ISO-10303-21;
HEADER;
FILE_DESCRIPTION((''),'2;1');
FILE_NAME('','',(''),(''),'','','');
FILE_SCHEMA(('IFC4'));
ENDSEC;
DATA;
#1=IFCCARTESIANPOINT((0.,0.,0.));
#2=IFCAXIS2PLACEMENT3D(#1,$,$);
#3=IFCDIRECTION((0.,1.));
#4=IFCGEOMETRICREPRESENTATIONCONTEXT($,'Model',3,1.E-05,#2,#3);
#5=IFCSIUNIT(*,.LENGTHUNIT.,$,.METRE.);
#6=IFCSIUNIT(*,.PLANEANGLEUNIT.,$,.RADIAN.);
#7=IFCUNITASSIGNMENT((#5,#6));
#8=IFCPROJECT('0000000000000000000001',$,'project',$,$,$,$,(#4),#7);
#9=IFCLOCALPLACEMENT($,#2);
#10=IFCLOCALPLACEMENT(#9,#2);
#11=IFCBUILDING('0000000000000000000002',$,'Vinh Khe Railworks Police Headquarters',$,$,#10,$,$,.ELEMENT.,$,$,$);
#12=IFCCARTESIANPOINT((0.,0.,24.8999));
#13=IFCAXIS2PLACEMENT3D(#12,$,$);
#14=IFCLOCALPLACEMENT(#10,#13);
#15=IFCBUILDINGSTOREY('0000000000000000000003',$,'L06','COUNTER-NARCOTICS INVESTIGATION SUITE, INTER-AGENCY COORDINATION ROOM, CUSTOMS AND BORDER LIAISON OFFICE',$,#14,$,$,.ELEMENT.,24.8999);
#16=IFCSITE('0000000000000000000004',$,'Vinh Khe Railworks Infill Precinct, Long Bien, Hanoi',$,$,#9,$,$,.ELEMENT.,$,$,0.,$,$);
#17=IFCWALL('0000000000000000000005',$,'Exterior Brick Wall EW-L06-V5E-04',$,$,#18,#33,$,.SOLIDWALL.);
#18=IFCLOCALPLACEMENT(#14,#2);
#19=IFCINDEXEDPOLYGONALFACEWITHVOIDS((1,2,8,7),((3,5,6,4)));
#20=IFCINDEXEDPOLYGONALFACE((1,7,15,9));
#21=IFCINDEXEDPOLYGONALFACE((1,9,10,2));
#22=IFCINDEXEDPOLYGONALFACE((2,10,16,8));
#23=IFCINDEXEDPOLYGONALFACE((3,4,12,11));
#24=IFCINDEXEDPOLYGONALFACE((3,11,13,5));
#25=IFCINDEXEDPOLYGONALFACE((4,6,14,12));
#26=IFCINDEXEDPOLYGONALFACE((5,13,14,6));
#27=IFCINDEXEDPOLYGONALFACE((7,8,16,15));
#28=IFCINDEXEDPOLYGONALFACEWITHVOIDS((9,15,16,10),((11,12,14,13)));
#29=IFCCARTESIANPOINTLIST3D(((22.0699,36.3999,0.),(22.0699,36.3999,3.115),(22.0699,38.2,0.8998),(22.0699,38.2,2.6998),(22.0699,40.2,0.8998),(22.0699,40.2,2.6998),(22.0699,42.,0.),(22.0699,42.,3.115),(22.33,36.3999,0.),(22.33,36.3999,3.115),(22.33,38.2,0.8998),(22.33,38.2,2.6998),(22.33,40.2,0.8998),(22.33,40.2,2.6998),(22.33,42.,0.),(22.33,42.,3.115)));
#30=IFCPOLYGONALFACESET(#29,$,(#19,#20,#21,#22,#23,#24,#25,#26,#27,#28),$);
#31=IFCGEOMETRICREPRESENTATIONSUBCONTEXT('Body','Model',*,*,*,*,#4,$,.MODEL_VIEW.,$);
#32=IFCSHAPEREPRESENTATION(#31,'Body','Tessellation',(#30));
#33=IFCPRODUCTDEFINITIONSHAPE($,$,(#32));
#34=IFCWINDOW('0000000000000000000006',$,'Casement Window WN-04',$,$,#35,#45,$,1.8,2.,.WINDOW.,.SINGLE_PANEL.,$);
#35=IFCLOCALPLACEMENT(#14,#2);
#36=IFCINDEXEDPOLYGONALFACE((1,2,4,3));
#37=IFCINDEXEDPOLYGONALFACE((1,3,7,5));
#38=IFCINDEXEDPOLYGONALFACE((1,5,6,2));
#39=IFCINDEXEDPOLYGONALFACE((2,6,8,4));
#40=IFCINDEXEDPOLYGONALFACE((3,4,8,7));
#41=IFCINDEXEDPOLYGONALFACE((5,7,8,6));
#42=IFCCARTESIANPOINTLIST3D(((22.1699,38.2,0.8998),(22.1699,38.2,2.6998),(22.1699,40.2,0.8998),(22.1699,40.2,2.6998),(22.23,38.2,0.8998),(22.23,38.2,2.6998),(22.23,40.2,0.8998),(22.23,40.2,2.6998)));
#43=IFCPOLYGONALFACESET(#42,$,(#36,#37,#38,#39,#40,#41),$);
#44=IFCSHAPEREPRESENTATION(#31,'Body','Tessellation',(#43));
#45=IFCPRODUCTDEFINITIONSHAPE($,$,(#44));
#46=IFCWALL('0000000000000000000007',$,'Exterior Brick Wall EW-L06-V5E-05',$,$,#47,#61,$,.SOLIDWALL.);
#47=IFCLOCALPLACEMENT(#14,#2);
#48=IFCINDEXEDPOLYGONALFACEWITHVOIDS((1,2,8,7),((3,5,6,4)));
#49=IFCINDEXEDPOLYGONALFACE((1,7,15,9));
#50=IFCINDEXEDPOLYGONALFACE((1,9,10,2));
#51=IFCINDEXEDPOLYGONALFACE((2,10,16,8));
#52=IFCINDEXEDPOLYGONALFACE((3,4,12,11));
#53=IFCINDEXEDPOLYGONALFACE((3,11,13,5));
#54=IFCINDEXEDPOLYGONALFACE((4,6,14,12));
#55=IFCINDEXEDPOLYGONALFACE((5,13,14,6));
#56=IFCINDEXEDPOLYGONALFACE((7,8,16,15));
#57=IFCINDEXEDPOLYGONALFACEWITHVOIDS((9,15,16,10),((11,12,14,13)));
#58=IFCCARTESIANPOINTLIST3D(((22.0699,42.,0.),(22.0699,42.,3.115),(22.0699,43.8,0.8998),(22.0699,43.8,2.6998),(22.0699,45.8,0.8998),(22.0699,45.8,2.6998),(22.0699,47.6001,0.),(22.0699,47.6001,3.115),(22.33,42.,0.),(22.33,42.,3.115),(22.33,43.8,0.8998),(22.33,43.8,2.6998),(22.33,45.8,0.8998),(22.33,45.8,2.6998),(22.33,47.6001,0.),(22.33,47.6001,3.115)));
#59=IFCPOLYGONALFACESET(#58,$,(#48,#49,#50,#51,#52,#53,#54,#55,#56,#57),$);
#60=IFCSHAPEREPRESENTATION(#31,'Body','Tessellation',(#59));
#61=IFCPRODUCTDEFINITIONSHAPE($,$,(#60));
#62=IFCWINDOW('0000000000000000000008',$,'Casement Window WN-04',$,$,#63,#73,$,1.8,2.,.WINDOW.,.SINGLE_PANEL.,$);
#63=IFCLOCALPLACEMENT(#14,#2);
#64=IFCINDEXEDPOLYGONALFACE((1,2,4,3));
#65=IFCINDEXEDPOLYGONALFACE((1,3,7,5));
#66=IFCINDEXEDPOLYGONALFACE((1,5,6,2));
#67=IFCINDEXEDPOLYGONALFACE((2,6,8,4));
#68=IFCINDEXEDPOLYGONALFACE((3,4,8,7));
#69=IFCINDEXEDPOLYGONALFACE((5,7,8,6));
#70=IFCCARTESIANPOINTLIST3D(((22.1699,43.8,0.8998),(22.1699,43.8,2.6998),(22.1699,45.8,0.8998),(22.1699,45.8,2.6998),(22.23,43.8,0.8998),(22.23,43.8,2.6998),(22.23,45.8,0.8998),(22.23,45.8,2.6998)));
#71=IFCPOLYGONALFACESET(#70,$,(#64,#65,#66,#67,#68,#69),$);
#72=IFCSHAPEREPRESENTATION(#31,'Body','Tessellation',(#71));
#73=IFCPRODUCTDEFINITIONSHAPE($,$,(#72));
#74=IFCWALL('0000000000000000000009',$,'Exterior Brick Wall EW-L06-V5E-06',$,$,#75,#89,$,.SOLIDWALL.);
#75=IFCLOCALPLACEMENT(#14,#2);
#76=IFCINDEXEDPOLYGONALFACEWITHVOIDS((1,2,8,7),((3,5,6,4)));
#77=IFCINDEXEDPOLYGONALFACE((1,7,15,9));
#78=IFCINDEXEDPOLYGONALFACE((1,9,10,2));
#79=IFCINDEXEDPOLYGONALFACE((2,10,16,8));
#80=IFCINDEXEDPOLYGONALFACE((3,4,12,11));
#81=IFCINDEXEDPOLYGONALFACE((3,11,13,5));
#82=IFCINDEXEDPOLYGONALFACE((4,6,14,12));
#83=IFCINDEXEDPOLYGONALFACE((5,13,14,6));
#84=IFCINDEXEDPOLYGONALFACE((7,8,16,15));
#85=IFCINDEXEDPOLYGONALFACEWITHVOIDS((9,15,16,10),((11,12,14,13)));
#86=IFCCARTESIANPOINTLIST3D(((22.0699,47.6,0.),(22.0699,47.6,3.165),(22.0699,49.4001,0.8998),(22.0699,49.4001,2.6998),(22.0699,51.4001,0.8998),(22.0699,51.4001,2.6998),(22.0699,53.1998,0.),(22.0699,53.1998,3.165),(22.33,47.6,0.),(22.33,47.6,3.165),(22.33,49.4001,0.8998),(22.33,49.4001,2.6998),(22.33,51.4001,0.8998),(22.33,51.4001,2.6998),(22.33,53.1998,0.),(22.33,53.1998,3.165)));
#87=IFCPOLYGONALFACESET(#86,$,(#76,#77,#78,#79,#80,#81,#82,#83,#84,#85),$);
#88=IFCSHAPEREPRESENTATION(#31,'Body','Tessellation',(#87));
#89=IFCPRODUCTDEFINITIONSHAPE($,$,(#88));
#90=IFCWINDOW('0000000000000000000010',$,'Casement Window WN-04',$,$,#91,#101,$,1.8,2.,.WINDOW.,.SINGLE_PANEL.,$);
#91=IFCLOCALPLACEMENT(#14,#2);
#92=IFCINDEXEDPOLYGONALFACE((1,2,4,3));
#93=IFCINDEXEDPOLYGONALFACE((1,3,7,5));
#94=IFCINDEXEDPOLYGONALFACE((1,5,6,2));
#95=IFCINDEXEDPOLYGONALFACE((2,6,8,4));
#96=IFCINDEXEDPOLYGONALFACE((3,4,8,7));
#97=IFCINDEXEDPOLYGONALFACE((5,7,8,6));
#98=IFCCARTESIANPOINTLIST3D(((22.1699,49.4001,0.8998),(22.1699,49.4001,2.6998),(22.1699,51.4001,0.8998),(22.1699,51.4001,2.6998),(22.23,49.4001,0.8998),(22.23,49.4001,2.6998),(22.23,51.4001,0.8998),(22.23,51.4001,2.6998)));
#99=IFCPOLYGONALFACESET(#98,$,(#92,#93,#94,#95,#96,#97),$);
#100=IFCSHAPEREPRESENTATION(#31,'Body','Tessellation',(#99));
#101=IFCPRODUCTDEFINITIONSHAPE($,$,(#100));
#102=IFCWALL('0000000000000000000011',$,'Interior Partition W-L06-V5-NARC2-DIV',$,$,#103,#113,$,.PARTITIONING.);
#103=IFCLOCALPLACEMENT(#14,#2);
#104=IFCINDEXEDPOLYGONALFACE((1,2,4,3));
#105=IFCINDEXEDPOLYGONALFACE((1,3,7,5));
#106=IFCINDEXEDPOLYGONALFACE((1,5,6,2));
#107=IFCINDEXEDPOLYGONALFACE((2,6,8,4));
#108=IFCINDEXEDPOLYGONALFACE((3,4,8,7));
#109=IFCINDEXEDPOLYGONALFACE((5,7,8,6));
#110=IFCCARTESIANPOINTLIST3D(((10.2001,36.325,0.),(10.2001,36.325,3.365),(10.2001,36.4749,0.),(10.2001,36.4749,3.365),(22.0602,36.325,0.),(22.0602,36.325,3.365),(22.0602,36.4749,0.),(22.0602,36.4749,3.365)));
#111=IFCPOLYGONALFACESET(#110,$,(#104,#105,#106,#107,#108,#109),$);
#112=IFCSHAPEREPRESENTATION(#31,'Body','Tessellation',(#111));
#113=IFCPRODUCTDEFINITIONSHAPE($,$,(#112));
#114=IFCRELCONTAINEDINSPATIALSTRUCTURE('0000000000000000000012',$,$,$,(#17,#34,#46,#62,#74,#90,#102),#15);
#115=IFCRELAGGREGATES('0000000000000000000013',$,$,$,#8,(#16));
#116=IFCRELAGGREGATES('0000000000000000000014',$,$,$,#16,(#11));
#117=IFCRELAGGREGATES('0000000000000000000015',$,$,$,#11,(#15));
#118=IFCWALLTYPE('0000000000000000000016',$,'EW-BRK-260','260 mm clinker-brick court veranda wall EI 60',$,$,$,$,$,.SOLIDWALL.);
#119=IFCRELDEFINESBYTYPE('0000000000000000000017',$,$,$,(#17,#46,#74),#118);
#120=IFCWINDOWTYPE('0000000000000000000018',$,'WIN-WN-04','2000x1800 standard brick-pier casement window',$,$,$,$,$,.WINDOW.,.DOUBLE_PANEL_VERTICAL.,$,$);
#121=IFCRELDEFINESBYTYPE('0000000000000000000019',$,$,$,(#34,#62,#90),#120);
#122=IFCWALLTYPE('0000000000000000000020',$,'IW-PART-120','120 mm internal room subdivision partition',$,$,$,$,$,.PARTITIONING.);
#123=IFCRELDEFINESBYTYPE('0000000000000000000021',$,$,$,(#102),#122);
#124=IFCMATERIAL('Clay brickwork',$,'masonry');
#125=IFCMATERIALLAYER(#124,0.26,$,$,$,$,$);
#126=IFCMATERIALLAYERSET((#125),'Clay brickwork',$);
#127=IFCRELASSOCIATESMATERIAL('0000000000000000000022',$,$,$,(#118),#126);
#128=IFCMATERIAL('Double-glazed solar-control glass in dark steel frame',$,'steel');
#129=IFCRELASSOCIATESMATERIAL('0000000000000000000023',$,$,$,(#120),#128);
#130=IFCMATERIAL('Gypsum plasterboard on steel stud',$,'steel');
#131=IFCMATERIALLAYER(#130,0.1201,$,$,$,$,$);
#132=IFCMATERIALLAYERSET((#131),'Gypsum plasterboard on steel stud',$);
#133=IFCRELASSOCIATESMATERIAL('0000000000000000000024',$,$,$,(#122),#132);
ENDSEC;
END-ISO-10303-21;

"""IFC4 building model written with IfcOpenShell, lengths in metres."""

from ifc_helpers import new_model, si_unit, direction, frame, frame_2d, origin, place, context, subcontext, project, spatial, rectangle, extrude, material, layer, layer_set, type_object, element, fill, save


model = new_model("IFC4")

# Units and contexts
model_context = context("Model", 3, precision=1e-05, world=origin(), true_north=direction((0.0, 1.0)))
body_context = subcontext(model_context, "Body", "Model", "MODEL_VIEW")
ifc_project = project(units=[si_unit("LENGTHUNIT", "METRE"), si_unit("PLANEANGLEUNIT", "RADIAN")], contexts=[model_context])

# Site, building, storey
site_placement = place(None, origin())
site = spatial("IfcSite", under=ifc_project, at=site_placement, Name="Vinh Khe Railworks Infill Precinct, Long Bien, Hanoi", CompositionType="ELEMENT", RefElevation=0.0)
building_placement = place(site_placement, origin())
building = spatial("IfcBuilding", under=site, at=building_placement, Name="Vinh Khe Railworks Police Headquarters", CompositionType="ELEMENT")
storey_placement = place(building_placement, frame((0.0, 0.0, 24.8999)))
storey = spatial("IfcBuildingStorey", under=building, at=storey_placement, Name="L06", Description="COUNTER-NARCOTICS INVESTIGATION SUITE, INTER-AGENCY COORDINATION ROOM, CUSTOMS AND BORDER LIAISON OFFICE", CompositionType="ELEMENT", Elevation=24.8999)

# Walls, openings, windows
ifc_material_1 = material(Name="Clay brickwork", Category="masonry")
ifc_layer_1 = layer(ifc_material_1, 0.26)
ifc_layer_set_1 = layer_set([ifc_layer_1], Name="Clay brickwork")
wall_type_1 = type_object("IfcWallType", Name="EW-BRK-260", Description="260 mm clinker-brick court veranda wall EI 60", PredefinedType="SOLIDWALL", material=ifc_layer_set_1)
wall_1_placement = place(storey_placement, frame((22.2, 36.3999, 0.0), z_axis=(0.0, 0.0, 1.0), x_axis=(0.0, 1.0, 0.0)))
wall_1 = element("IfcWall", 1, at=wall_1_placement, inside=storey, type_object=wall_type_1, Name="Exterior Brick Wall EW-L06-V5E-04", PredefinedType="SOLIDWALL", context=body_context, shape_type="SweptSolid", body=[
    extrude(rectangle(XDim=5.6001, YDim=0.26, at=frame_2d((2.8, 0.0))), origin(), (0.0, 0.0, 1.0), 3.115),
])
opening_1_placement = place(wall_1_placement, frame((1.8, 0.0, 0.8999)))
opening_1 = element("IfcOpeningElement", 2, at=opening_1_placement, cuts=wall_1, PredefinedType="OPENING", context=body_context, shape_type="SweptSolid", body=[
    extrude(rectangle(XDim=2.0, YDim=1.8, at=frame_2d((1.0, 0.8999))), frame((0.0, 0.145, 0.0), z_axis=(0.0, -1.0, 0.0), x_axis=(1.0, 0.0, 0.0)), (0.0, 0.0, 1.0), 0.2898),
])
ifc_material_2 = material(Name="Double-glazed solar-control glass in dark steel frame", Category="steel")
window_type_1 = type_object("IfcWindowType", Name="WIN-WN-04", Description="2000x1800 standard brick-pier casement window", PartitioningType="DOUBLE_PANEL_VERTICAL", PredefinedType="WINDOW", material=ifc_material_2)
window_1_placement = place(opening_1_placement, origin())
window_1 = element("IfcWindow", 3, at=window_1_placement, inside=storey, type_object=window_type_1, Name="Casement Window WN-04", OverallHeight=1.8, OverallWidth=2.0, PartitioningType="SINGLE_PANEL", PredefinedType="WINDOW", context=body_context, shape_type="SweptSolid", body=[
    extrude(rectangle(XDim=2.0, YDim=1.8, at=frame_2d((1.0, 0.8999))), frame((0.0, 0.03, 0.0), z_axis=(0.0, -1.0, 0.0), x_axis=(1.0, 0.0, 0.0)), (0.0, 0.0, 1.0), 0.0601),
])
fill(opening_1, window_1)
wall_2_placement = place(storey_placement, frame((22.2, 42.0, 0.0), z_axis=(0.0, 0.0, 1.0), x_axis=(0.0, 1.0, 0.0)))
wall_2 = element("IfcWall", 4, at=wall_2_placement, inside=storey, type_object=wall_type_1, Name="Exterior Brick Wall EW-L06-V5E-05", PredefinedType="SOLIDWALL", context=body_context, shape_type="SweptSolid", body=[
    extrude(rectangle(XDim=5.6001, YDim=0.26, at=frame_2d((2.8, 0.0))), origin(), (0.0, 0.0, 1.0), 3.115),
])
opening_2_placement = place(wall_2_placement, frame((1.8, 0.0, 0.8999)))
opening_2 = element("IfcOpeningElement", 5, at=opening_2_placement, cuts=wall_2, PredefinedType="OPENING", context=body_context, shape_type="SweptSolid", body=[
    extrude(rectangle(XDim=2.0, YDim=1.8, at=frame_2d((1.0, 0.8999))), frame((0.0, 0.145, 0.0), z_axis=(0.0, -1.0, 0.0), x_axis=(1.0, 0.0, 0.0)), (0.0, 0.0, 1.0), 0.2898),
])
window_2_placement = place(opening_2_placement, origin())
window_2 = element("IfcWindow", 6, at=window_2_placement, inside=storey, type_object=window_type_1, Name="Casement Window WN-04", OverallHeight=1.8, OverallWidth=2.0, PartitioningType="SINGLE_PANEL", PredefinedType="WINDOW", context=body_context, shape_type="SweptSolid", body=[
    extrude(rectangle(XDim=2.0, YDim=1.8, at=frame_2d((1.0, 0.8999))), frame((0.0, 0.03, 0.0), z_axis=(0.0, -1.0, 0.0), x_axis=(1.0, 0.0, 0.0)), (0.0, 0.0, 1.0), 0.0601),
])
fill(opening_2, window_2)
wall_3_placement = place(storey_placement, frame((22.2, 47.6001, 0.0), z_axis=(0.0, 0.0, 1.0), x_axis=(0.0, 1.0, 0.0)))
wall_3 = element("IfcWall", 7, at=wall_3_placement, inside=storey, type_object=wall_type_1, Name="Exterior Brick Wall EW-L06-V5E-06", PredefinedType="SOLIDWALL", context=body_context, shape_type="SweptSolid", body=[
    extrude(rectangle(XDim=5.5999, YDim=0.26, at=frame_2d((2.7998, 0.0))), origin(), (0.0, 0.0, 1.0), 3.165),
])
opening_3_placement = place(wall_3_placement, frame((1.8, 0.0, 0.8999)))
opening_3 = element("IfcOpeningElement", 8, at=opening_3_placement, cuts=wall_3, PredefinedType="OPENING", context=body_context, shape_type="SweptSolid", body=[
    extrude(rectangle(XDim=2.0, YDim=1.8, at=frame_2d((1.0, 0.8999))), frame((0.0, 0.145, 0.0), z_axis=(0.0, -1.0, 0.0), x_axis=(1.0, 0.0, 0.0)), (0.0, 0.0, 1.0), 0.2898),
])
window_3_placement = place(opening_3_placement, origin())
window_3 = element("IfcWindow", 9, at=window_3_placement, inside=storey, type_object=window_type_1, Name="Casement Window WN-04", OverallHeight=1.8, OverallWidth=2.0, PartitioningType="SINGLE_PANEL", PredefinedType="WINDOW", context=body_context, shape_type="SweptSolid", body=[
    extrude(rectangle(XDim=2.0, YDim=1.8, at=frame_2d((1.0, 0.8999))), frame((0.0, 0.03, 0.0), z_axis=(0.0, -1.0, 0.0), x_axis=(1.0, 0.0, 0.0)), (0.0, 0.0, 1.0), 0.0601),
])
fill(opening_3, window_3)

# Wall
ifc_material_3 = material(Name="Gypsum plasterboard on steel stud", Category="steel")
ifc_layer_2 = layer(ifc_material_3, 0.1201)
ifc_layer_set_2 = layer_set([ifc_layer_2], Name="Gypsum plasterboard on steel stud")
wall_type_2 = type_object("IfcWallType", Name="IW-PART-120", Description="120 mm internal room subdivision partition", PredefinedType="PARTITIONING", material=ifc_layer_set_2)
wall_4_placement = place(storey_placement, frame((10.2, 36.3999, 0.0), z_axis=(0.0, 0.0, 1.0), x_axis=(1.0, 0.0, 0.0)))
element("IfcWall", 10, at=wall_4_placement, inside=storey, type_object=wall_type_2, Name="Interior Partition W-L06-V5-NARC2-DIV", PredefinedType="PARTITIONING", context=body_context, shape_type="SweptSolid", body=[
    extrude(rectangle(XDim=11.8601, YDim=0.1499, at=frame_2d((5.9302, 0.0))), origin(), (0.0, 0.0, 1.0), 3.365),
])

save(model, "model.ifc")
